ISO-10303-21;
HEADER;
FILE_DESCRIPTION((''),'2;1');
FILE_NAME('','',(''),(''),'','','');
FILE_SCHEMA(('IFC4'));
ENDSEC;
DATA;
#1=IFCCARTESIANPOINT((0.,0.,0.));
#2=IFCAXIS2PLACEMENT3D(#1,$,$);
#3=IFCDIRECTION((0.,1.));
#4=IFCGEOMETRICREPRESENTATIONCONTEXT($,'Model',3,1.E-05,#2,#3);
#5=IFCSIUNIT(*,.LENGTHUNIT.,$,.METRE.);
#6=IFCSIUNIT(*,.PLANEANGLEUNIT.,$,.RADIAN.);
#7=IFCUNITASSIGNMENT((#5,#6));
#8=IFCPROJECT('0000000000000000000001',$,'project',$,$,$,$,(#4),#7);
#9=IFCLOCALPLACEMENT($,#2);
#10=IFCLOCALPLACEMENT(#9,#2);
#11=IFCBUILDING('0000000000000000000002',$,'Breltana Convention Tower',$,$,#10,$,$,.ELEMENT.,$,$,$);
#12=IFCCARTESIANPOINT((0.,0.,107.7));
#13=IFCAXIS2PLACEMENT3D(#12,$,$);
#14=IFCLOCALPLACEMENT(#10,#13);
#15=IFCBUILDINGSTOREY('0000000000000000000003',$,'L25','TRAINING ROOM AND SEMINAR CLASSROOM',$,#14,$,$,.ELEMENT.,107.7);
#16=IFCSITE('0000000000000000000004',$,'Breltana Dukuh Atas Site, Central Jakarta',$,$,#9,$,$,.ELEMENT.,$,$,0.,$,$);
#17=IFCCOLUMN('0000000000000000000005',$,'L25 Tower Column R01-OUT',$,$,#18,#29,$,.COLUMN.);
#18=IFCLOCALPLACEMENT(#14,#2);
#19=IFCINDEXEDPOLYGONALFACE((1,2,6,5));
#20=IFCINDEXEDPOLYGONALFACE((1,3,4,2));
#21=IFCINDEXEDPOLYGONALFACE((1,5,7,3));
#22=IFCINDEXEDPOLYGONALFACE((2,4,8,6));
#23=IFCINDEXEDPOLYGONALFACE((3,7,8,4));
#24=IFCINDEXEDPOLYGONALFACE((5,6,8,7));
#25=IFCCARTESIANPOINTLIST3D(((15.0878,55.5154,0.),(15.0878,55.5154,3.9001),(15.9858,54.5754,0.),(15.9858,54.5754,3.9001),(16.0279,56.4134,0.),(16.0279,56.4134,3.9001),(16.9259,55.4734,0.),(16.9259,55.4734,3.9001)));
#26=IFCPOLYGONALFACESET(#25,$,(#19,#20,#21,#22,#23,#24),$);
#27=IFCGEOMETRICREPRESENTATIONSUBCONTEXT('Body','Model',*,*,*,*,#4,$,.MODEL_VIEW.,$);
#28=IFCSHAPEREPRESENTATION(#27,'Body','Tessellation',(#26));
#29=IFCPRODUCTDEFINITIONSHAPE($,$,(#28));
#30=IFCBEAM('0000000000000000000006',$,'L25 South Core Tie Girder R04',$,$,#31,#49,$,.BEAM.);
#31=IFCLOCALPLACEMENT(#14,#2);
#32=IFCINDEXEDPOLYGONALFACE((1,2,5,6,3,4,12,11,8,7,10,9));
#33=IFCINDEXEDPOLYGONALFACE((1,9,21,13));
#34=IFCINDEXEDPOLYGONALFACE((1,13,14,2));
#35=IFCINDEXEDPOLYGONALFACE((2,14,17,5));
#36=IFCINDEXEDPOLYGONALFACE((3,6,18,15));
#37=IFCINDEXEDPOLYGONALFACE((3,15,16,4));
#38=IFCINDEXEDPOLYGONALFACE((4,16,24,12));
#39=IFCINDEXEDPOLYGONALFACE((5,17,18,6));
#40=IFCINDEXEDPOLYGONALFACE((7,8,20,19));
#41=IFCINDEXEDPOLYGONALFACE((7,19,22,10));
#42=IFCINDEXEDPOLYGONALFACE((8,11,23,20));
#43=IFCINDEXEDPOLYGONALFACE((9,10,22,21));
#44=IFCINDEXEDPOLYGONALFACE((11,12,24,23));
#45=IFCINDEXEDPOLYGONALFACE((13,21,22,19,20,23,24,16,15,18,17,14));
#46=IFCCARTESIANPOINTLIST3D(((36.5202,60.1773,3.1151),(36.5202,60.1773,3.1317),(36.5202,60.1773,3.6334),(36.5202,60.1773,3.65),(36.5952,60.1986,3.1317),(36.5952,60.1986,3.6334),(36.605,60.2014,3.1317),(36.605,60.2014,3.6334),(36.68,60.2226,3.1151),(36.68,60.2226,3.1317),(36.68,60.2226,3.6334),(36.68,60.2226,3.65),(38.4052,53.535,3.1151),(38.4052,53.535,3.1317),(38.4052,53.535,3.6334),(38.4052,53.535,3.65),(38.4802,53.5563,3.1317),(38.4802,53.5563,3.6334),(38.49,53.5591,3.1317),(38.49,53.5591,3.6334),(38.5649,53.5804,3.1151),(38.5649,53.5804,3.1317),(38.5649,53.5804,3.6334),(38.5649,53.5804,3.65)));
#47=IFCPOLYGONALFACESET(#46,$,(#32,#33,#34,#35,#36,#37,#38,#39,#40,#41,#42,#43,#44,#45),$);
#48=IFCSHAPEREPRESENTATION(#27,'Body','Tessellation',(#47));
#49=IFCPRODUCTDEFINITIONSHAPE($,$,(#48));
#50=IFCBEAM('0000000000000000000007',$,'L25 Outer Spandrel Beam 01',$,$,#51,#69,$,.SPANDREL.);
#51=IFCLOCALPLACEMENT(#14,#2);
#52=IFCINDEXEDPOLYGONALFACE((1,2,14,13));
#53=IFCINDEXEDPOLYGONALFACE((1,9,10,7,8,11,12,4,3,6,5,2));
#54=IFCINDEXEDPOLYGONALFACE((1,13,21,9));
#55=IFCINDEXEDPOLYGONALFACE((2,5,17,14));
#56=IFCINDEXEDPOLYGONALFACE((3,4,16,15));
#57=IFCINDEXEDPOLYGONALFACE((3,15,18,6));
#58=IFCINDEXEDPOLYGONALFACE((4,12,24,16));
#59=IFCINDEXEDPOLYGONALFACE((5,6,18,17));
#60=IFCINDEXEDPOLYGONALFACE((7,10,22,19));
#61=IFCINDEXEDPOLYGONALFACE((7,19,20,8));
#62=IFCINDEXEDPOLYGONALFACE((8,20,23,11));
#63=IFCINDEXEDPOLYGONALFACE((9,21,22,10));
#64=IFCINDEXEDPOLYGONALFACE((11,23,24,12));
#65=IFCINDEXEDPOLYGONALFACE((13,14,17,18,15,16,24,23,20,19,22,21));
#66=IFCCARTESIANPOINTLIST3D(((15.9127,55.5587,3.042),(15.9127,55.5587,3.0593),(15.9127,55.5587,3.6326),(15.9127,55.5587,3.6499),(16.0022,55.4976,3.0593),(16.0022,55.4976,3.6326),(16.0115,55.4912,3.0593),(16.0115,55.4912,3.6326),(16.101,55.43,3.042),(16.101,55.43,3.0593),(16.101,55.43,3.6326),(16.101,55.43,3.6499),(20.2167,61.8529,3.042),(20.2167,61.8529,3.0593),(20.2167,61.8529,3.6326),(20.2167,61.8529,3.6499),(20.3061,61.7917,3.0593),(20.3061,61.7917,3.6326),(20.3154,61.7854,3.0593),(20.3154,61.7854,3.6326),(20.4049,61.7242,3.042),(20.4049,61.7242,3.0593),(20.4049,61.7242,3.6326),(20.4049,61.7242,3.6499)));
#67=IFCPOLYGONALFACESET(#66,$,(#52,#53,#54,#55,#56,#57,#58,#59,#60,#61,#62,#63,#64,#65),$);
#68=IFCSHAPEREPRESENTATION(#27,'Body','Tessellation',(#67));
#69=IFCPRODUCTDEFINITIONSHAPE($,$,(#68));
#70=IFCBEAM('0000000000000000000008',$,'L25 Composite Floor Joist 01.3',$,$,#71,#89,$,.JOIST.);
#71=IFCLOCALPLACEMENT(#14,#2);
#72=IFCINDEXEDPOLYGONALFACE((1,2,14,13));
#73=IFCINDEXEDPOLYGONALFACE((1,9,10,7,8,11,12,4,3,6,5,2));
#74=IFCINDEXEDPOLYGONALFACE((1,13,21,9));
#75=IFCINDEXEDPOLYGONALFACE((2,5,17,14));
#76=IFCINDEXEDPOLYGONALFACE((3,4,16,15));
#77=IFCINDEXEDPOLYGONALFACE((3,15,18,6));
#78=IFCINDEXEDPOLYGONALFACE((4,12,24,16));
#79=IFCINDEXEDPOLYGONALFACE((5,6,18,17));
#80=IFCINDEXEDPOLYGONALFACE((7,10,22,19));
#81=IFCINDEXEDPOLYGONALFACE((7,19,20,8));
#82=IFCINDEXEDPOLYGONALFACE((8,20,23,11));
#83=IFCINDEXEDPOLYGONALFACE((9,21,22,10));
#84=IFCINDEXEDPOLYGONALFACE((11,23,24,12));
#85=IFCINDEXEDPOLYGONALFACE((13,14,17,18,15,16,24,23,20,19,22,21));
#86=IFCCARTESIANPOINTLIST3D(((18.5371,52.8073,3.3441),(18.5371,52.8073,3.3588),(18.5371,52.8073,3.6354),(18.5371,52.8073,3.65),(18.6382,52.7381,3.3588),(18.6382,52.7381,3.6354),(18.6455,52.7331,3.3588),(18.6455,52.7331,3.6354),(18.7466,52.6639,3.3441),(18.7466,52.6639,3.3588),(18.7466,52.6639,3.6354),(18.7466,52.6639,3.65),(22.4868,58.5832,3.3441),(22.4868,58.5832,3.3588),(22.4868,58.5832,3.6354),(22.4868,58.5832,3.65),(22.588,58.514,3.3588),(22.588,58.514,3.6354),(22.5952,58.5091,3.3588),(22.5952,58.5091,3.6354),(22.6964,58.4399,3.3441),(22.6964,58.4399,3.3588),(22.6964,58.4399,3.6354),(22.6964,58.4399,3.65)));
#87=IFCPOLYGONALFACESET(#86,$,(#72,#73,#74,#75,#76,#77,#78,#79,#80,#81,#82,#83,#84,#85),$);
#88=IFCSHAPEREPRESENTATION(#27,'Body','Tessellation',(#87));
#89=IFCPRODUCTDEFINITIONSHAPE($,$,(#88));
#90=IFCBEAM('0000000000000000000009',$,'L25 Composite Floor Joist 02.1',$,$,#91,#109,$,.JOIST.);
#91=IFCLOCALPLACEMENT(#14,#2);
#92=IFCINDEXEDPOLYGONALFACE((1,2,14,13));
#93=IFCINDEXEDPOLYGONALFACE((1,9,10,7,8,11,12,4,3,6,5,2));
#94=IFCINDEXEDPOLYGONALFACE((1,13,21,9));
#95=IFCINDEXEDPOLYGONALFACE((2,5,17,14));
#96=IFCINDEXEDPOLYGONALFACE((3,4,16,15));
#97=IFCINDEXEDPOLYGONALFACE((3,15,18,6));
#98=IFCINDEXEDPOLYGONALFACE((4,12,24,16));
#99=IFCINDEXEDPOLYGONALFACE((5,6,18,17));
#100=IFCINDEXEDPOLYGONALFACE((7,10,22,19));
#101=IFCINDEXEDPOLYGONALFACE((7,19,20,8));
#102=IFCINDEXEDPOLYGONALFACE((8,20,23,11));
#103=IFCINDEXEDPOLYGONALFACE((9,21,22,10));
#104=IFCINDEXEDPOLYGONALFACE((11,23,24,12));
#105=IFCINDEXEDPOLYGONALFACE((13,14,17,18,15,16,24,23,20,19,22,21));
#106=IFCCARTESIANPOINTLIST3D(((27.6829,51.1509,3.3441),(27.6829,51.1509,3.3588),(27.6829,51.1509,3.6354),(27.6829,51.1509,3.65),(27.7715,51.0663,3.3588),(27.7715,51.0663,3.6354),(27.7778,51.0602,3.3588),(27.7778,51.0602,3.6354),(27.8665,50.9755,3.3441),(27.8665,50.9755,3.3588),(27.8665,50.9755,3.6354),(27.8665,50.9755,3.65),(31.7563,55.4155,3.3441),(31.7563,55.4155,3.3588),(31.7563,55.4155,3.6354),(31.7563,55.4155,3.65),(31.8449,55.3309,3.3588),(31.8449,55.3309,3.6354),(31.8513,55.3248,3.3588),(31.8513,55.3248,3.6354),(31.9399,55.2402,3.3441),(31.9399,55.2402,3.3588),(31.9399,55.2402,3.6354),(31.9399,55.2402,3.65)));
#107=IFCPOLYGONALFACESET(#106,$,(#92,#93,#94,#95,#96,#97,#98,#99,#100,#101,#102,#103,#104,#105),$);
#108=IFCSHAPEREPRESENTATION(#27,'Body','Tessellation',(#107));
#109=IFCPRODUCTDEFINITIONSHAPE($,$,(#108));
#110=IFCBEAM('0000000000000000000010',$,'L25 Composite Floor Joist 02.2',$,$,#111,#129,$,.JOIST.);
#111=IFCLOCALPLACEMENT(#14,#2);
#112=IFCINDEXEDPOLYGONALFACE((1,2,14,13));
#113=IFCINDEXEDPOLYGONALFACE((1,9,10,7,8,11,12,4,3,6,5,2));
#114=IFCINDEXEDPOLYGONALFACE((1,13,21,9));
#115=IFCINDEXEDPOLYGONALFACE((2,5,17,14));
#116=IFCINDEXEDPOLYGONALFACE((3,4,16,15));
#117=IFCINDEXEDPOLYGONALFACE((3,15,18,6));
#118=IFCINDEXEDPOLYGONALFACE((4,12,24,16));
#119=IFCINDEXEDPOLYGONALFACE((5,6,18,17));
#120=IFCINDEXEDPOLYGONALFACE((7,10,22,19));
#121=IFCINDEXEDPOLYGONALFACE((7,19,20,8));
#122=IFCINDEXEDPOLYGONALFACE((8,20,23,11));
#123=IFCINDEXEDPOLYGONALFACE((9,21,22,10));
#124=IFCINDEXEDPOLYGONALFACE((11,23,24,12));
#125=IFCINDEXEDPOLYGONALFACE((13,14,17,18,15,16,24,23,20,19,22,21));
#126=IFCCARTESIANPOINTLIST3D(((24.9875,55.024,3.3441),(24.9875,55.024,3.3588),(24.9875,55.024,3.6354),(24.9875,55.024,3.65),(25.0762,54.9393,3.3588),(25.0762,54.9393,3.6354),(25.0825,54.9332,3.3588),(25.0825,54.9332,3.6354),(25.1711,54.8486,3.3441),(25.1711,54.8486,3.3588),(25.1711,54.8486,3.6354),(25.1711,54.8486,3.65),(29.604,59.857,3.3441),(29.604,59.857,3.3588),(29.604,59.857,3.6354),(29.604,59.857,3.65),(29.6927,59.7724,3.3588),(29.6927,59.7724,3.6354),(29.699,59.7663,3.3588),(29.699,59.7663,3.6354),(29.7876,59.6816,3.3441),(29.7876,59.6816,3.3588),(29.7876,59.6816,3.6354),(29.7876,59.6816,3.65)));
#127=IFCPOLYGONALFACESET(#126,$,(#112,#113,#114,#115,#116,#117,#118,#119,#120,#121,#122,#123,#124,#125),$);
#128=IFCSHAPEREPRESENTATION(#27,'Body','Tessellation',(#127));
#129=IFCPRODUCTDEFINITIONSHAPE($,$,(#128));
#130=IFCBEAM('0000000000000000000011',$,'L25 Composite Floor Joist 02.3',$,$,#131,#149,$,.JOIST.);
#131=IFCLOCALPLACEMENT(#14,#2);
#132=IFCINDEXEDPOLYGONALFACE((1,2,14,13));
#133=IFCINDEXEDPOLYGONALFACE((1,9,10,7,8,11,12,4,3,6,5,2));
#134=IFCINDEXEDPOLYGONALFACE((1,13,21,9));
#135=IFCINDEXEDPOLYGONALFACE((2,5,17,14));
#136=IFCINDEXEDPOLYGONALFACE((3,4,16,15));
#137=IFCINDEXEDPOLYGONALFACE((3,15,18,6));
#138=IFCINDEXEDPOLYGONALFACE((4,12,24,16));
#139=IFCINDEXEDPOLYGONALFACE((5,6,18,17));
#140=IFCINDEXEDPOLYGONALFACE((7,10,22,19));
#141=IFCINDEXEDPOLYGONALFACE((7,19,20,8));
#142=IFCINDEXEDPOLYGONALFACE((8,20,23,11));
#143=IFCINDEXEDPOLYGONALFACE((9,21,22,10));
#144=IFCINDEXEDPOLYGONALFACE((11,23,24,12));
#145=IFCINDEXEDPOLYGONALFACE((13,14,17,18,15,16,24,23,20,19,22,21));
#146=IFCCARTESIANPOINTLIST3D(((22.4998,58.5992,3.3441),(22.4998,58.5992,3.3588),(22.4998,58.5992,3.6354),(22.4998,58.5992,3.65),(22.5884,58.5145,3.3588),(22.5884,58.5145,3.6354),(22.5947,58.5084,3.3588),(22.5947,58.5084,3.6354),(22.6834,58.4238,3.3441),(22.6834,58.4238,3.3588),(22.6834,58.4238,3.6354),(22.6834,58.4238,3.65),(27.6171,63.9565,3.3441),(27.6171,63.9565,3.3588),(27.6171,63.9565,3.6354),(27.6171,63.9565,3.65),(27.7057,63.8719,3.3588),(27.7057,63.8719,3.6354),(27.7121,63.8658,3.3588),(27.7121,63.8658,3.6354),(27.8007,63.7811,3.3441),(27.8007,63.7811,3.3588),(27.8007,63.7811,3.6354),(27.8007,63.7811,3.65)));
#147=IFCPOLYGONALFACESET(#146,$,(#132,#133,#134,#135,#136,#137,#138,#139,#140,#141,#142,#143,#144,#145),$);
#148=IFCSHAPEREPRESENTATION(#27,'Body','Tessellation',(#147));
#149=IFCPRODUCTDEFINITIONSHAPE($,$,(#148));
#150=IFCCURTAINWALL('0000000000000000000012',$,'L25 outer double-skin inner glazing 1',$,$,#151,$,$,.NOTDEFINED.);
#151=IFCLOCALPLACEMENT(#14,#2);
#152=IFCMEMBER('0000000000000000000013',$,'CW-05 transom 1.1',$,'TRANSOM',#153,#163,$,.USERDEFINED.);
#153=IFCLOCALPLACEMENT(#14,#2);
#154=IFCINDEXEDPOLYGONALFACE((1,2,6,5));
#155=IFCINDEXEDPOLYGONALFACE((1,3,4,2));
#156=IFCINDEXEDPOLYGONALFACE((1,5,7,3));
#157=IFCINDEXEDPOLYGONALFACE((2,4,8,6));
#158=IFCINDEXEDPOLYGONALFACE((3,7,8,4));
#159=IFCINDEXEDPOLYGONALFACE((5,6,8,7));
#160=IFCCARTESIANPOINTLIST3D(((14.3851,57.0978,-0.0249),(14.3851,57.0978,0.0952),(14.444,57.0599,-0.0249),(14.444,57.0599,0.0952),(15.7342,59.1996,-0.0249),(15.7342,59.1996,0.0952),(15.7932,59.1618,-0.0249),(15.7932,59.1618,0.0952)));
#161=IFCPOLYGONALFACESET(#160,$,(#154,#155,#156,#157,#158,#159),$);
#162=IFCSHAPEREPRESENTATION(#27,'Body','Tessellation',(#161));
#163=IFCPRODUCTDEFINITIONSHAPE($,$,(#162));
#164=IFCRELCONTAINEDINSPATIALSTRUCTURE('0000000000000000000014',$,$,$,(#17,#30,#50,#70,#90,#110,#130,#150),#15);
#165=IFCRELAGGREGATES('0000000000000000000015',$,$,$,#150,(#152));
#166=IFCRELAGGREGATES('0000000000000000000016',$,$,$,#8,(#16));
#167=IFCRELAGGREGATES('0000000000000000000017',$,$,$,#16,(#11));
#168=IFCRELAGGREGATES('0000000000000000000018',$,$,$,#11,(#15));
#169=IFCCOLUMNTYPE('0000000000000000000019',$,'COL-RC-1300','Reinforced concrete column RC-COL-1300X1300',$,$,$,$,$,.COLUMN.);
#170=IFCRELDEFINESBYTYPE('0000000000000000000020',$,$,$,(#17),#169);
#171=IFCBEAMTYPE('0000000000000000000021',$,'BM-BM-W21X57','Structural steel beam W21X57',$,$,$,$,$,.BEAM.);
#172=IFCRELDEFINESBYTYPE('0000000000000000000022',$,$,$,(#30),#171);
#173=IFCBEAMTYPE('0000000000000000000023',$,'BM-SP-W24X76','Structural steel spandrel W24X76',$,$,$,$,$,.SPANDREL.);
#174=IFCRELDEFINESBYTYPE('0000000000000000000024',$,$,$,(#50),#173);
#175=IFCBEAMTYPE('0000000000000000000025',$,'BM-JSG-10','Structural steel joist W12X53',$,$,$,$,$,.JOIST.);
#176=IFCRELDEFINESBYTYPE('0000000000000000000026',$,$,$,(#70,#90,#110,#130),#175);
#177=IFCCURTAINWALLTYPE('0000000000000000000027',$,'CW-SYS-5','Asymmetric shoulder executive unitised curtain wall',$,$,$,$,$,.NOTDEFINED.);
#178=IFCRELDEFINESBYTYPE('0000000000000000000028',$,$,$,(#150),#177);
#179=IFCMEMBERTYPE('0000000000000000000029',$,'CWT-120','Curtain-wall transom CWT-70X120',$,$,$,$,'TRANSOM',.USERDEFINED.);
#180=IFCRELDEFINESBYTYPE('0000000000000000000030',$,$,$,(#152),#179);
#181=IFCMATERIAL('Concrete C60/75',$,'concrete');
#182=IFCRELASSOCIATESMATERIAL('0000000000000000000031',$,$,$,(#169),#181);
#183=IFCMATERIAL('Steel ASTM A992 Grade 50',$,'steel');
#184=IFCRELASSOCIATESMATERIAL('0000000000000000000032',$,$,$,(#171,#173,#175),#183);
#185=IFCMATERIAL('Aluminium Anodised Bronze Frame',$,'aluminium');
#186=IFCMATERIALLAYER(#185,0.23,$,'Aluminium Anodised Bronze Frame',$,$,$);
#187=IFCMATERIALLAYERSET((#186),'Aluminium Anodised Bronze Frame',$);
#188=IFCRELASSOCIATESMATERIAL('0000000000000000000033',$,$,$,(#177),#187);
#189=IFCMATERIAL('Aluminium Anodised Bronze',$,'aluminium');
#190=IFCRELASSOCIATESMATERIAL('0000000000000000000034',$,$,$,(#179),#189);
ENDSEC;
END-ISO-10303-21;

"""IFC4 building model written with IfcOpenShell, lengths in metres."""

from ifc_helpers import new_model, si_unit, direction, frame, origin, origin_2d, place, context, subcontext, project, spatial, rectangle, i_section, extrude, source, transform, mapped, material, layer, layer_set, material_profile, profile_set, type_object, type_shapes, element, aggregate, save


model = new_model("IFC4")

# Units and contexts
model_context = context("Model", 3, precision=1e-05, world=origin(), true_north=direction((0.0, 1.0)))
body_context = subcontext(model_context, "Body", "Model", "MODEL_VIEW")
ifc_project = project(units=[si_unit("LENGTHUNIT", "METRE"), si_unit("PLANEANGLEUNIT", "RADIAN")], contexts=[model_context])

# Site, building, storey
site_placement = place(None, origin())
site = spatial("IfcSite", under=ifc_project, at=site_placement, Name="Breltana Dukuh Atas Site, Central Jakarta", CompositionType="ELEMENT", RefElevation=0.0)
building_placement = place(site_placement, origin())
building = spatial("IfcBuilding", under=site, at=building_placement, Name="Breltana Convention Tower", CompositionType="ELEMENT")
storey_placement = place(building_placement, frame((0.0, 0.0, 107.7)))
storey = spatial("IfcBuildingStorey", under=building, at=storey_placement, Name="L25", Description="TRAINING ROOM AND SEMINAR CLASSROOM", CompositionType="ELEMENT", Elevation=107.7)

# Column
ifc_material_1 = material(Name="Concrete C60/75", Category="concrete")
ifc_material_profile_1 = material_profile(ifc_material_1, rectangle(XDim=1.3, YDim=1.3, at=origin_2d()), Name="RC-COL-1300X1300")
ifc_profile_set_1 = profile_set([ifc_material_profile_1], Name="Concrete C60/75")
column_type = type_object("IfcColumnType", Name="COL-RC-1300", Description="Reinforced concrete column RC-COL-1300X1300", PredefinedType="COLUMN", material=ifc_profile_set_1)
shared_shape_1 = source(origin(), body_context, "Body", "SweptSolid", [
    extrude(rectangle(XDim=1.3, YDim=1.3, at=origin_2d()), origin(), (0.0, 0.0, 1.0), 3.9001),
])
column_placement = place(storey_placement, frame((16.0068, 55.4944, 0.0), z_axis=(0.0, 0.0, 1.0), x_axis=(-0.690756, 0.723088, 0.0)))
element("IfcColumn", 1, at=column_placement, inside=storey, type_object=column_type, Name="L25 Tower Column R01-OUT", PredefinedType="COLUMN", context=body_context, shape_type="MappedRepresentation", body=[
    mapped(shared_shape_1, transform((0.0, 0.0, 0.0), scale=1.0)),
])

# Beams
ifc_material_2 = material(Name="Steel ASTM A992 Grade 50", Category="steel")
ifc_material_profile_2 = material_profile(ifc_material_2, i_section(OverallWidth=0.166, OverallDepth=0.5349, WebThickness=0.0103, FlangeThickness=0.0166, at=origin_2d()), Name="W21X57")
ifc_profile_set_2 = profile_set([ifc_material_profile_2], Name="Steel ASTM A992 Grade 50")
beam_type_1 = type_object("IfcBeamType", Name="BM-BM-W21X57", Description="Structural steel beam W21X57", PredefinedType="BEAM", material=ifc_profile_set_2)
shared_shape_2 = source(origin(), body_context, "Body", "SweptSolid", [
    extrude(i_section(OverallWidth=0.166, OverallDepth=0.5349, WebThickness=0.0103, FlangeThickness=0.0166, at=origin_2d()), origin(), (0.0, 0.0, 1.0), 6.9045),
])
type_shapes(beam_type_1, [shared_shape_2])
beam_1_placement = place(storey_placement, frame((36.6001, 60.2, 3.3826), z_axis=(0.273007, -0.962012, 0.0), x_axis=(0.962012, 0.273007, 0.0)))
element("IfcBeam", 2, at=beam_1_placement, inside=storey, type_object=beam_type_1, Name="L25 South Core Tie Girder R04", PredefinedType="BEAM", context=body_context, shape_type="MappedRepresentation", body=[
    mapped(shared_shape_2, transform((0.0, 0.0, 0.0), scale=1.0)),
])
ifc_material_profile_3 = material_profile(ifc_material_2, i_section(OverallWidth=0.228, OverallDepth=0.6079, WebThickness=0.0112, FlangeThickness=0.0173, at=origin_2d()), Name="W24X76")
ifc_profile_set_3 = profile_set([ifc_material_profile_3], Name="Steel ASTM A992 Grade 50")
beam_type_2 = type_object("IfcBeamType", Name="BM-SP-W24X76", Description="Structural steel spandrel W24X76", PredefinedType="SPANDREL", material=ifc_profile_set_3)
shared_shape_3 = source(origin(), body_context, "Body", "SweptSolid", [
    extrude(i_section(OverallWidth=0.228, OverallDepth=0.6079, WebThickness=0.0112, FlangeThickness=0.0173, at=origin_2d()), origin(), (0.0, 0.0, 1.0), 7.625),
])
type_shapes(beam_type_2, [shared_shape_3])
beam_2_placement = place(storey_placement, frame((16.0068, 55.4944, 3.3459), z_axis=(0.564452, 0.825466, 0.0), x_axis=(-0.825466, 0.564452, 0.0)))
element("IfcBeam", 3, at=beam_2_placement, inside=storey, type_object=beam_type_2, Name="L25 Outer Spandrel Beam 01", PredefinedType="SPANDREL", context=body_context, shape_type="MappedRepresentation", body=[
    mapped(shared_shape_3, transform((0.0, 0.0, 0.0), scale=1.0)),
])
ifc_material_profile_4 = material_profile(ifc_material_2, i_section(OverallWidth=0.2539, OverallDepth=0.3059, WebThickness=0.0088, FlangeThickness=0.0146, at=origin_2d()), Name="W12X53")
ifc_profile_set_4 = profile_set([ifc_material_profile_4], Name="Steel ASTM A992 Grade 50")
beam_type_3 = type_object("IfcBeamType", Name="BM-JSG-10", Description="Structural steel joist W12X53", PredefinedType="JOIST", material=ifc_profile_set_4)
shared_shape_4 = source(origin(), body_context, "Body", "SweptSolid", [
    extrude(i_section(OverallWidth=0.2539, OverallDepth=0.3059, WebThickness=0.0088, FlangeThickness=0.0146, at=origin_2d()), origin(), (0.0, 0.0, 1.0), 6.9973),
])
beam_3_placement = place(storey_placement, frame((18.6418, 52.7356, 3.4971), z_axis=(0.564469, 0.825454, 0.0), x_axis=(-0.825454, 0.564469, 0.0)))
element("IfcBeam", 4, at=beam_3_placement, inside=storey, type_object=beam_type_3, Name="L25 Composite Floor Joist 01.3", PredefinedType="JOIST", context=body_context, shape_type="MappedRepresentation", body=[
    mapped(shared_shape_4, transform((0.0, 0.0, 0.0), scale=1.0)),
])
shared_shape_5 = source(origin(), body_context, "Body", "SweptSolid", [
    extrude(i_section(OverallWidth=0.2539, OverallDepth=0.3059, WebThickness=0.0088, FlangeThickness=0.0146, at=origin_2d()), origin(), (0.0, 0.0, 1.0), 5.8975),
])
beam_4_placement = place(storey_placement, frame((27.7747, 51.0632, 3.4971), z_axis=(0.690714, 0.723128, 0.0), x_axis=(-0.723128, 0.690714, 0.0)))
element("IfcBeam", 5, at=beam_4_placement, inside=storey, type_object=beam_type_3, Name="L25 Composite Floor Joist 02.1", PredefinedType="JOIST", context=body_context, shape_type="MappedRepresentation", body=[
    mapped(shared_shape_5, transform((0.0, 0.0, 0.0), scale=1.0)),
])
shared_shape_6 = source(origin(), body_context, "Body", "SweptSolid", [
    extrude(i_section(OverallWidth=0.2539, OverallDepth=0.3059, WebThickness=0.0088, FlangeThickness=0.0146, at=origin_2d()), origin(), (0.0, 0.0, 1.0), 6.6836),
])
beam_5_placement = place(storey_placement, frame((25.0793, 54.9363, 3.4971), z_axis=(0.690721, 0.723122, 0.0), x_axis=(-0.723122, 0.690721, 0.0)))
element("IfcBeam", 6, at=beam_5_placement, inside=storey, type_object=beam_type_3, Name="L25 Composite Floor Joist 02.2", PredefinedType="JOIST", context=body_context, shape_type="MappedRepresentation", body=[
    mapped(shared_shape_6, transform((0.0, 0.0, 0.0), scale=1.0)),
])
shared_shape_7 = source(origin(), body_context, "Body", "SweptSolid", [
    extrude(i_section(OverallWidth=0.2539, OverallDepth=0.3059, WebThickness=0.0088, FlangeThickness=0.0146, at=origin_2d()), origin(), (0.0, 0.0, 1.0), 7.4087),
])
beam_6_placement = place(storey_placement, frame((22.5916, 58.5115, 3.4971), z_axis=(0.690725, 0.723118, 0.0), x_axis=(-0.723118, 0.690725, 0.0)))
element("IfcBeam", 7, at=beam_6_placement, inside=storey, type_object=beam_type_3, Name="L25 Composite Floor Joist 02.3", PredefinedType="JOIST", context=body_context, shape_type="MappedRepresentation", body=[
    mapped(shared_shape_7, transform((0.0, 0.0, 0.0), scale=1.0)),
])

# Curtain wall, member
ifc_material_3 = material(Name="Aluminium Anodised Bronze Frame", Category="aluminium")
ifc_layer_1 = layer(ifc_material_3, 0.23, Name="Aluminium Anodised Bronze Frame")
ifc_layer_set_1 = layer_set([ifc_layer_1], Name="Aluminium Anodised Bronze Frame")
curtain_wall_type = type_object("IfcCurtainWallType", Name="CW-SYS-5", Description="Asymmetric shoulder executive unitised curtain wall", PredefinedType="NOTDEFINED", material=ifc_layer_set_1)
curtain_wall_placement = place(storey_placement, origin())
curtain_wall = element("IfcCurtainWall", 8, at=curtain_wall_placement, inside=storey, type_object=curtain_wall_type, Name="L25 outer double-skin inner glazing 1", PredefinedType="NOTDEFINED")
ifc_material_4 = material(Name="Aluminium Anodised Bronze", Category="aluminium")
ifc_material_profile_5 = material_profile(ifc_material_4, rectangle(XDim=0.0701, YDim=0.1201, at=origin_2d()), Name="CWT-70X120")
ifc_profile_set_5 = profile_set([ifc_material_profile_5], Name="Aluminium Anodised Bronze")
member_type_1 = type_object("IfcMemberType", Name="CWT-120", Description="Curtain-wall transom CWT-70X120", ElementType="TRANSOM", PredefinedType="USERDEFINED", material=ifc_profile_set_5)
shared_shape_8 = source(origin(), body_context, "Body", "SweptSolid", [
    extrude(rectangle(XDim=0.0701, YDim=0.1201, at=origin_2d()), origin(), (0.0, 0.0, 1.0), 2.4976),
])
member_1_placement = place(storey_placement, frame((14.4146, 57.0789, 0.0352), z_axis=(0.540179, 0.84155, 0.0), x_axis=(-0.84155, 0.540179, 0.0)))
member_1 = element("IfcMember", 9, at=member_1_placement, type_object=member_type_1, Name="CW-05 transom 1.1", ObjectType="TRANSOM", PredefinedType="USERDEFINED", context=body_context, shape_type="MappedRepresentation", body=[
    mapped(shared_shape_8, transform((0.0, 0.0, 0.0), scale=1.0)),
])
aggregate(curtain_wall, [member_1])

save(model, "model.ifc")
